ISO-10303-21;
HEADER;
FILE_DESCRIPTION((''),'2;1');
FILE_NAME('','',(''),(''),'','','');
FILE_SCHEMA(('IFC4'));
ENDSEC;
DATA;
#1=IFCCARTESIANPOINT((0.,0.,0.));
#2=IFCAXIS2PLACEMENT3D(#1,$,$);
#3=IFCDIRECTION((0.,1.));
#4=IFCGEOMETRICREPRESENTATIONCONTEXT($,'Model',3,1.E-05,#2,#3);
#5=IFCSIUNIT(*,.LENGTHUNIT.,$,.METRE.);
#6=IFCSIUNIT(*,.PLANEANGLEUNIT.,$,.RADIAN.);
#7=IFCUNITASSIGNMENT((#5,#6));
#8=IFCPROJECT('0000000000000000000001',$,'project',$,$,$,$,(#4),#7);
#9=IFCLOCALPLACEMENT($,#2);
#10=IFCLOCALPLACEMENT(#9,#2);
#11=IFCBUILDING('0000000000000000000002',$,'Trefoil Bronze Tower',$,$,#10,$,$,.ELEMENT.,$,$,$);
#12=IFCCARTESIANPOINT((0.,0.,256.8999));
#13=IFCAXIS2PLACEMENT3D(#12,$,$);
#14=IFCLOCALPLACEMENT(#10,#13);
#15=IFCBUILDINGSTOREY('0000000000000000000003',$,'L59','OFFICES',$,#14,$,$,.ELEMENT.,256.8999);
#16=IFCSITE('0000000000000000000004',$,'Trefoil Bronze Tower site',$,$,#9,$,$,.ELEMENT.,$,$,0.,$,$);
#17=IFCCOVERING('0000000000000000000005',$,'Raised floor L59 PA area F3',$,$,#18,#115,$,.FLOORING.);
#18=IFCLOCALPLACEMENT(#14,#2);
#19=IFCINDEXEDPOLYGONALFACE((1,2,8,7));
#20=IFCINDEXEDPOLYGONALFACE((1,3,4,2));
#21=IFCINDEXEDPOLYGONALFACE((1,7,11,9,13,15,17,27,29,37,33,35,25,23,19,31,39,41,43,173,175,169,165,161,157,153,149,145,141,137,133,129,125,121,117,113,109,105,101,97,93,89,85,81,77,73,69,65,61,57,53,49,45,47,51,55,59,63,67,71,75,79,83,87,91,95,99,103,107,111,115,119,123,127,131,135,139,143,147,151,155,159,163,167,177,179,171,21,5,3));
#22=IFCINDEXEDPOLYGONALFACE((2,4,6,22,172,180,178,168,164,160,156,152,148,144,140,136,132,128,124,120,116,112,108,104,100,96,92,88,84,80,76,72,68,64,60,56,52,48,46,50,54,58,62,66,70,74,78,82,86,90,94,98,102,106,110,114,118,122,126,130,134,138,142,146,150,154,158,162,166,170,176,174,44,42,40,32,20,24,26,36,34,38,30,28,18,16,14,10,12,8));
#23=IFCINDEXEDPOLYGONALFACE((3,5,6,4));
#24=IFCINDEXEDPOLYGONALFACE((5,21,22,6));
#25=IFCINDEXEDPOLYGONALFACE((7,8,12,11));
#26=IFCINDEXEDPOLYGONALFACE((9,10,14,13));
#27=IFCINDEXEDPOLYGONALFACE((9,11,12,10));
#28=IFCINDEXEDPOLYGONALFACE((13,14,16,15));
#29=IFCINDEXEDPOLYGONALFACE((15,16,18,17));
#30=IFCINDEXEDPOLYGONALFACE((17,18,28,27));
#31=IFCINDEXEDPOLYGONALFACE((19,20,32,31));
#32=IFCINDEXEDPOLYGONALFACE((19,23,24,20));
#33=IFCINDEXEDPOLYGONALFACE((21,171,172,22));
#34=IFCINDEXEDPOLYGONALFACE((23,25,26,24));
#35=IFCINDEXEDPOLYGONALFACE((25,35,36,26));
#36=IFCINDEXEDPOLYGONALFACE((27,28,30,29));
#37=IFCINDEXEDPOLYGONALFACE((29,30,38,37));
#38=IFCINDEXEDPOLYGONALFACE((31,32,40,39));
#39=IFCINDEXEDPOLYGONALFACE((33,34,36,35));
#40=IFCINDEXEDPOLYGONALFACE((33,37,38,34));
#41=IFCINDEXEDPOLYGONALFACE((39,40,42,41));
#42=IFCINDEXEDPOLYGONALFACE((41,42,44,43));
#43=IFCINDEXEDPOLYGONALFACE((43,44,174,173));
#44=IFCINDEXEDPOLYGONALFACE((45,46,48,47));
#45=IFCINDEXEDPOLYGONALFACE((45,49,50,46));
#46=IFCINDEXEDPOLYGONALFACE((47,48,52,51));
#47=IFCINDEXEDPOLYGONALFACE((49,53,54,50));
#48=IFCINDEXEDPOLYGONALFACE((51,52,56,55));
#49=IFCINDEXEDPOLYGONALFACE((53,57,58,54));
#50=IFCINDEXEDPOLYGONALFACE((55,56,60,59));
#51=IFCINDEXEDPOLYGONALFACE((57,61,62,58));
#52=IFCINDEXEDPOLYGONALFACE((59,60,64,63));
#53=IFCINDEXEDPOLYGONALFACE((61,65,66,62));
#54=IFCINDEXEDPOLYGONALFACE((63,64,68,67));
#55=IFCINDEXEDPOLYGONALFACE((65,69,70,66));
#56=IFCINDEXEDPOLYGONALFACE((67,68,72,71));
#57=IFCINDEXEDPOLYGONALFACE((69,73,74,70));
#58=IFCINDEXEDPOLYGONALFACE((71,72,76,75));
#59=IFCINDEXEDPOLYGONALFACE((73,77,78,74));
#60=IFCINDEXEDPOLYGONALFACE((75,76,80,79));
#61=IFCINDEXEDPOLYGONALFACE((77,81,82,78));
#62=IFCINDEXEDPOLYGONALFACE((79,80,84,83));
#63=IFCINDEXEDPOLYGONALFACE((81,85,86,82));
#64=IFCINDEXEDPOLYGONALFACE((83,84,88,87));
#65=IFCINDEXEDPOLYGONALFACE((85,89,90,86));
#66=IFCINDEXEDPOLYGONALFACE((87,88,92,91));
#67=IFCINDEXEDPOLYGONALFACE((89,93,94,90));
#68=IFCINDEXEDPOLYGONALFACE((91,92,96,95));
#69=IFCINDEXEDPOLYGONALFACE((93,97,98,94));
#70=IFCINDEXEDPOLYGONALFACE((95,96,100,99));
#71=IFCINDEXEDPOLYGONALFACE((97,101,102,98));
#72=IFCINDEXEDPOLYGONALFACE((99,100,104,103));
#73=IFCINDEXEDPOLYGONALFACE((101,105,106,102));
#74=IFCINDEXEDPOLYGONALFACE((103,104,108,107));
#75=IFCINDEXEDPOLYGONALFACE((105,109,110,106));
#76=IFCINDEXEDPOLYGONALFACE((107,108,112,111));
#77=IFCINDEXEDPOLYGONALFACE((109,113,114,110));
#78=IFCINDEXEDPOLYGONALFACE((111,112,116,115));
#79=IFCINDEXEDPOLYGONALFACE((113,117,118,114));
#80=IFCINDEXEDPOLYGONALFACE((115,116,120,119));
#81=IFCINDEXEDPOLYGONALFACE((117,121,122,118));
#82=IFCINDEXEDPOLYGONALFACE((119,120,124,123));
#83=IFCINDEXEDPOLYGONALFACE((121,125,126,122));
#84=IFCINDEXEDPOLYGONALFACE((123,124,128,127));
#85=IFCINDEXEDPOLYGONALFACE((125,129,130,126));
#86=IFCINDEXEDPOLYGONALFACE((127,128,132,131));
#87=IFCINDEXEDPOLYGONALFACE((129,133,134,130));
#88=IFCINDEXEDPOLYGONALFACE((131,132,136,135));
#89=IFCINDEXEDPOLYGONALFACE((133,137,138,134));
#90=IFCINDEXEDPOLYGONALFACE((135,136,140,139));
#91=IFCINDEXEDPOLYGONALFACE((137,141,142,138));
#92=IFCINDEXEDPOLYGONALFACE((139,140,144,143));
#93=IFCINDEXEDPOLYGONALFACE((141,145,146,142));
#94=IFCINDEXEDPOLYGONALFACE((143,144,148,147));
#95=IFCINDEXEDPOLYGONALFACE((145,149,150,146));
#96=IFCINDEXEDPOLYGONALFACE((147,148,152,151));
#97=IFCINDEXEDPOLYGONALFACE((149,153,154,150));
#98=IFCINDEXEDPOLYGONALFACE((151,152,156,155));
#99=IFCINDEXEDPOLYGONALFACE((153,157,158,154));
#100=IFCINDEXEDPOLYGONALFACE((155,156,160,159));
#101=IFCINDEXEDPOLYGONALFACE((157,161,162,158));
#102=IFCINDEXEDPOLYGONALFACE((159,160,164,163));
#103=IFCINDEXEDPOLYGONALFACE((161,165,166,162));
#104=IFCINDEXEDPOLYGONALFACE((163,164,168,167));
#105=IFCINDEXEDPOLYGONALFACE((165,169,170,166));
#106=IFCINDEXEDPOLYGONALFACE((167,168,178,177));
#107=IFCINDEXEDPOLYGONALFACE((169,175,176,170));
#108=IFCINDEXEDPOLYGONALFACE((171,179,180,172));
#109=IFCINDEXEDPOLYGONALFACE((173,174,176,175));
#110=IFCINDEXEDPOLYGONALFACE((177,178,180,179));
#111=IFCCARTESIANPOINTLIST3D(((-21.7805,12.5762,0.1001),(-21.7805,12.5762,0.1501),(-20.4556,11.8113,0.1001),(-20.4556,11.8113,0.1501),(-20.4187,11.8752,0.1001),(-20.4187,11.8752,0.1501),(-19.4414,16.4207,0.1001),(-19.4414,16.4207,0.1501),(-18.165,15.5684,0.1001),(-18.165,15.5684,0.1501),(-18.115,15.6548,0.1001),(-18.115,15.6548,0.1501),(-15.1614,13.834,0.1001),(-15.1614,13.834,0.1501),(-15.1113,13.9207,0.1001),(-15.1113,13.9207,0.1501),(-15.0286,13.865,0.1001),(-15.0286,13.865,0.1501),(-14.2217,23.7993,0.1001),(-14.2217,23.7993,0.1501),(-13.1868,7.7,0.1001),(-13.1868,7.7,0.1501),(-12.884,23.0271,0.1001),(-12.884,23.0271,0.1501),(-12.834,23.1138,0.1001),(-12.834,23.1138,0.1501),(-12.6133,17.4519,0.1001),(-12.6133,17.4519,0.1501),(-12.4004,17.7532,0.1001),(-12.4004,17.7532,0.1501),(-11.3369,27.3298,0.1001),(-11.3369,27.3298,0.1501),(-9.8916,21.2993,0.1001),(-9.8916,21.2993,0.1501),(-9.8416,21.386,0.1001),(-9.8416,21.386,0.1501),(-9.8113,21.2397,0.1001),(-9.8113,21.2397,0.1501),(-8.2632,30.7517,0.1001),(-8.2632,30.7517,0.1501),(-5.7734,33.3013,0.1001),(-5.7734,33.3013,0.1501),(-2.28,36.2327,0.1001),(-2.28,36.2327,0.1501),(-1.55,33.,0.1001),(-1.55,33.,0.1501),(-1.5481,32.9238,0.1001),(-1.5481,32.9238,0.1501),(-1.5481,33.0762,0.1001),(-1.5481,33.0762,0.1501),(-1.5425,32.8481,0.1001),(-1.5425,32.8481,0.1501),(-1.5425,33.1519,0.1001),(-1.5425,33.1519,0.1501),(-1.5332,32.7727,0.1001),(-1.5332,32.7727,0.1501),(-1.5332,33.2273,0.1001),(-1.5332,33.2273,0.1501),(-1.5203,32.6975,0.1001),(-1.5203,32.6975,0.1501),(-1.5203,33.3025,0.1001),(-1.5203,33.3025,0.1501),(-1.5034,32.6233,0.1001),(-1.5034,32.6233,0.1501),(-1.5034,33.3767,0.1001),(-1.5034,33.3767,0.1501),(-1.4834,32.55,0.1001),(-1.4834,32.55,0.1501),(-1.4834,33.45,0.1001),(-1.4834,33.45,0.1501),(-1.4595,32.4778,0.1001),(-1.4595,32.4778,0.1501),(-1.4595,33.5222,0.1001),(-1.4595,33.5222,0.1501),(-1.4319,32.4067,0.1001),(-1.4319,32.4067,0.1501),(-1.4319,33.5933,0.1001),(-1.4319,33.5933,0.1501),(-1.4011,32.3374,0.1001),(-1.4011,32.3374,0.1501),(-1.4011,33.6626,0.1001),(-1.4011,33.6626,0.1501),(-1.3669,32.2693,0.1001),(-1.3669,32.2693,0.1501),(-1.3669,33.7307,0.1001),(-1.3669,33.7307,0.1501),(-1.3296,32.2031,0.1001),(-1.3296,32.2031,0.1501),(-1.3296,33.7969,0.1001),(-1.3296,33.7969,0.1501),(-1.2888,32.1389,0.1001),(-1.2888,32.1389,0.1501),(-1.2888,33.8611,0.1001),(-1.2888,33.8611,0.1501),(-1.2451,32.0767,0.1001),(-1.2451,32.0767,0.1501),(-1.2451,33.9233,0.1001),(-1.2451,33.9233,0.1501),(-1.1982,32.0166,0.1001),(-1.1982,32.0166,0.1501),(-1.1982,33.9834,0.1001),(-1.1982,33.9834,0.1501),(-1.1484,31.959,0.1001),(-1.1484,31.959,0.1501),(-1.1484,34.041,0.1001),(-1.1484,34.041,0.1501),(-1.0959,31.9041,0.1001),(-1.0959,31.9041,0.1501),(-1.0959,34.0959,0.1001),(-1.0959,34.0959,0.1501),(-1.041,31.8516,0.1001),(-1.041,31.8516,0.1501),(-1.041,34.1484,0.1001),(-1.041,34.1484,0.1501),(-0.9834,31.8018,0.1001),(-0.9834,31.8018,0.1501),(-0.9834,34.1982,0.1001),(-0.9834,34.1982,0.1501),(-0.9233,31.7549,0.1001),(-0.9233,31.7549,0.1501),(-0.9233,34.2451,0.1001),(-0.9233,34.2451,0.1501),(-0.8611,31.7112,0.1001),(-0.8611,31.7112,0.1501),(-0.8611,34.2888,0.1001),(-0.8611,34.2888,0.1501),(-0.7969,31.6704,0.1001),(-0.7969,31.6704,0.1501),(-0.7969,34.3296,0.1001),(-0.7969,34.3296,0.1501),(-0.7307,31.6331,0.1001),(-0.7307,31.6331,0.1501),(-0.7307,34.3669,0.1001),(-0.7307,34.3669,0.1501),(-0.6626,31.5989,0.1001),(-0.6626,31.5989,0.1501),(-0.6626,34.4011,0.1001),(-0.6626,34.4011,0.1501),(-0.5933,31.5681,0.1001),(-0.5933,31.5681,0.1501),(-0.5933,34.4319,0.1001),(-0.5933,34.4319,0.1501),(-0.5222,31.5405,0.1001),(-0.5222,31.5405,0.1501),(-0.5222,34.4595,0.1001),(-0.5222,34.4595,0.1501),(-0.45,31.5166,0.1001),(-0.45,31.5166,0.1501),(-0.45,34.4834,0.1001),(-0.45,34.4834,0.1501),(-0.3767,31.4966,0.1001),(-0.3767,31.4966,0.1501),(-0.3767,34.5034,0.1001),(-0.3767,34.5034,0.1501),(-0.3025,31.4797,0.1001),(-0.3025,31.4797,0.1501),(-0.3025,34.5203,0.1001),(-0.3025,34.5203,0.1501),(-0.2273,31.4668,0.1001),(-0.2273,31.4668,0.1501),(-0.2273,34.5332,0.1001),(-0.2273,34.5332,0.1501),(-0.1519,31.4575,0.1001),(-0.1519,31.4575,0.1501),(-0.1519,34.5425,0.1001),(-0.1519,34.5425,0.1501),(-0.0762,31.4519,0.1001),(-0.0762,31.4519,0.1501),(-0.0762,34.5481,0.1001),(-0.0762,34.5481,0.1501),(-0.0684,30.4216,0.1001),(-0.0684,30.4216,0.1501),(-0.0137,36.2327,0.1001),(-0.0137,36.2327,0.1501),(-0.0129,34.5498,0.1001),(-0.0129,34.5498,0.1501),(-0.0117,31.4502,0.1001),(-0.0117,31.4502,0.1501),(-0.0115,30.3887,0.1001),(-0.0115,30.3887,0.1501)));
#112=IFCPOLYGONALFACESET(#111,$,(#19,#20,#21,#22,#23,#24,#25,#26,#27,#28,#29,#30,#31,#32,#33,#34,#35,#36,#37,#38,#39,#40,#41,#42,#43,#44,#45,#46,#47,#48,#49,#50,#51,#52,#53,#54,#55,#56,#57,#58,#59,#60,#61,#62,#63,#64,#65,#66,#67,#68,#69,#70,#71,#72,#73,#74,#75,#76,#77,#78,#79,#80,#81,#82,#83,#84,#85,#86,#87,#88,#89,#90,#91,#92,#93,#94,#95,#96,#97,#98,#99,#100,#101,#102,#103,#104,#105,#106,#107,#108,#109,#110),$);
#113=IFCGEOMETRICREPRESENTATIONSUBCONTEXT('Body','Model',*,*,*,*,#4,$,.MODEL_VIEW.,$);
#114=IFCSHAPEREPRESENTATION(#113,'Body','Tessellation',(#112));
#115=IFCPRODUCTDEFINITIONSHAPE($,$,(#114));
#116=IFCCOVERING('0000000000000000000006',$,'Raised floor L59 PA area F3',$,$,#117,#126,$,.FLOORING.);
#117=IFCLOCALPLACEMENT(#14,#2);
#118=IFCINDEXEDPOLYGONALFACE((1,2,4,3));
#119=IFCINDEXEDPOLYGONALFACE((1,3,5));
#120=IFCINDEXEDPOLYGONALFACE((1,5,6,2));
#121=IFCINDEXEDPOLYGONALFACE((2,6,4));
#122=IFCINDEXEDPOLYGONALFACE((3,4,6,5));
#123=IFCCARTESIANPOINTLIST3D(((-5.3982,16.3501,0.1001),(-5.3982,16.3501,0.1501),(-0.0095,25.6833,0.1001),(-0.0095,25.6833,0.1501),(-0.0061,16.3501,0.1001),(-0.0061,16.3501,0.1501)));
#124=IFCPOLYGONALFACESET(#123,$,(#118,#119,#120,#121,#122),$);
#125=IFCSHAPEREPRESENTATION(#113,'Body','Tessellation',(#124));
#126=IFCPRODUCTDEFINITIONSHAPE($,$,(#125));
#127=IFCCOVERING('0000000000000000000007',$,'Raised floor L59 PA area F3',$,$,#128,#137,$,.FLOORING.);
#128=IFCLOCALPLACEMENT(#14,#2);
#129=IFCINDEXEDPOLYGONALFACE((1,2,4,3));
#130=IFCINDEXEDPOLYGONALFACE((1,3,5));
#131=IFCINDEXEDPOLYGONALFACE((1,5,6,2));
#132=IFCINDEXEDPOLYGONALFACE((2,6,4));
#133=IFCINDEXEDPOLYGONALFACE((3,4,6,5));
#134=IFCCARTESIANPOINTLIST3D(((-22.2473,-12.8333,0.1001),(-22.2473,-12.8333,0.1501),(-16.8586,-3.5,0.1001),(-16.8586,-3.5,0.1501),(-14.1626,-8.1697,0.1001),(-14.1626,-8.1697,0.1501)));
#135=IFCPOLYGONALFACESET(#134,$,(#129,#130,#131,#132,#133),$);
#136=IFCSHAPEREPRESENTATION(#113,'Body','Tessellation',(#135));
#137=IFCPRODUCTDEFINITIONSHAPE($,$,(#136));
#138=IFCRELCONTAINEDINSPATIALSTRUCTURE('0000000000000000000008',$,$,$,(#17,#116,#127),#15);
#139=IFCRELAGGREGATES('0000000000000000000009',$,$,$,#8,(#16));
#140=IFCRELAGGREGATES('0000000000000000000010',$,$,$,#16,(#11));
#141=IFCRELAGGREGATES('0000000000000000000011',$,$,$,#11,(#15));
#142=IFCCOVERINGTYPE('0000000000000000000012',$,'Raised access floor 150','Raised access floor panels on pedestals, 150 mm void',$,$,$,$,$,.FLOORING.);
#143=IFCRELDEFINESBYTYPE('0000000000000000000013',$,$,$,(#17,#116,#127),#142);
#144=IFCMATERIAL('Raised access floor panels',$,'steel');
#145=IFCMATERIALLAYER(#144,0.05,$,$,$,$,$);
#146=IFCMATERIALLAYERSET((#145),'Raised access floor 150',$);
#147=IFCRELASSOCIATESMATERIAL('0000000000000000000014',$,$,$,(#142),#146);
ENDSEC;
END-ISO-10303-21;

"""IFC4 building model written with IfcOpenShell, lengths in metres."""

from ifc_helpers import new_model, si_unit, direction, frame, origin, place, context, subcontext, project, spatial, polyline, outline, extrude, material, layer, layer_set, type_object, element, save


model = new_model("IFC4")

# Units and contexts
model_context = context("Model", 3, precision=1e-05, world=origin(), true_north=direction((0.0, 1.0)))
body_context = subcontext(model_context, "Body", "Model", "MODEL_VIEW")
ifc_project = project(units=[si_unit("LENGTHUNIT", "METRE"), si_unit("PLANEANGLEUNIT", "RADIAN")], contexts=[model_context])

# Site, building, storey
site_placement = place(None, origin())
site = spatial("IfcSite", under=ifc_project, at=site_placement, Name="Trefoil Bronze Tower site", CompositionType="ELEMENT", RefElevation=0.0)
building_placement = place(site_placement, origin())
building = spatial("IfcBuilding", under=site, at=building_placement, Name="Trefoil Bronze Tower", CompositionType="ELEMENT")
storey_placement = place(building_placement, frame((0.0, 0.0, 256.8999)))
storey = spatial("IfcBuildingStorey", under=building, at=storey_placement, Name="L59", Description="OFFICES", CompositionType="ELEMENT", Elevation=256.8999)

# Coverings
ifc_material_1 = material(Name="Raised access floor panels", Category="steel")
ifc_layer_1 = layer(ifc_material_1, 0.05)
ifc_layer_set_1 = layer_set([ifc_layer_1], Name="Raised access floor 150")
covering_type_1 = type_object("IfcCoveringType", Name="Raised access floor 150", Description="Raised access floor panels on pedestals, 150 mm void", PredefinedType="FLOORING", material=ifc_layer_set_1)
covering_1_placement = place(storey_placement, frame((0.0, 0.0, 0.1001)))
element("IfcCovering", 1, at=covering_1_placement, inside=storey, type_object=covering_type_1, Name="Raised floor L59 PA area F3", PredefinedType="FLOORING", context=body_context, shape_type="SweptSolid", body=[
    extrude(outline(polyline([(-11.3369, 27.3298), (-8.2632, 30.7517), (-5.7734, 33.3013), (-2.28, 36.2327), (-0.0137, 36.2327), (-0.0129, 34.5498), (-0.0762, 34.5481), (-0.1519, 34.5425), (-0.2273, 34.5332), (-0.3025, 34.5203), (-0.3767, 34.5034), (-0.45, 34.4834), (-0.5222, 34.4595), (-0.5933, 34.4319), (-0.6626, 34.4011), (-0.7307, 34.3669), (-0.7969, 34.3296), (-0.8611, 34.2888), (-0.9233, 34.2451), (-0.9834, 34.1982), (-1.041, 34.1484), (-1.0959, 34.0959), (-1.1484, 34.041), (-1.1982, 33.9834), (-1.2451, 33.9233), (-1.2888, 33.8611), (-1.3296, 33.7969), (-1.3669, 33.7307), (-1.4011, 33.6626), (-1.4319, 33.5933), (-1.4595, 33.5222), (-1.4834, 33.45), (-1.5034, 33.3767), (-1.5203, 33.3025), (-1.5332, 33.2273), (-1.5425, 33.1519), (-1.5481, 33.0762), (-1.55, 33.0), (-1.5481, 32.9238), (-1.5425, 32.8481), (-1.5332, 32.7727), (-1.5203, 32.6975), (-1.5034, 32.6233), (-1.4834, 32.55), (-1.4595, 32.4778), (-1.4319, 32.4067), (-1.4011, 32.3374), (-1.3669, 32.2693), (-1.3296, 32.2031), (-1.2888, 32.1389), (-1.2451, 32.0767), (-1.1982, 32.0166), (-1.1484, 31.959), (-1.0959, 31.9041), (-1.041, 31.8516), (-0.9834, 31.8018), (-0.9233, 31.7549), (-0.8611, 31.7112), (-0.7969, 31.6704), (-0.7307, 31.6331), (-0.6626, 31.5989), (-0.5933, 31.5681), (-0.5222, 31.5405), (-0.45, 31.5166), (-0.3767, 31.4966), (-0.3025, 31.4797), (-0.2273, 31.4668), (-0.1519, 31.4575), (-0.0762, 31.4519), (-0.0117, 31.4502), (-0.0115, 30.3887), (-0.0684, 30.4216), (-13.1868, 7.7), (-20.4187, 11.8752), (-20.4556, 11.8113), (-21.7805, 12.5762), (-19.4414, 16.4207), (-18.115, 15.6548), (-18.165, 15.5684), (-15.1614, 13.834), (-15.1113, 13.9207), (-15.0286, 13.865), (-12.6133, 17.4519), (-12.4004, 17.7532), (-9.8113, 21.2397), (-9.8916, 21.2993), (-9.8416, 21.386), (-12.834, 23.1138), (-12.884, 23.0271), (-14.2217, 23.7993), (-11.3369, 27.3298)])), origin(), (0.0, 0.0, 1.0), 0.05),
])
covering_2_placement = place(storey_placement, frame((0.0, 0.0, 0.1001)))
element("IfcCovering", 2, at=covering_2_placement, inside=storey, type_object=covering_type_1, Name="Raised floor L59 PA area F3", PredefinedType="FLOORING", context=body_context, shape_type="SweptSolid", body=[
    extrude(outline(polyline([(-0.0061, 16.3501), (-5.3982, 16.3501), (-0.0095, 25.6833), (-0.0061, 16.3501)])), origin(), (0.0, 0.0, 1.0), 0.05),
])
covering_3_placement = place(storey_placement, frame((0.0, 0.0, 0.1001)))
element("IfcCovering", 3, at=covering_3_placement, inside=storey, type_object=covering_type_1, Name="Raised floor L59 PA area F3", PredefinedType="FLOORING", context=body_context, shape_type="SweptSolid", body=[
    extrude(outline(polyline([(-14.1626, -8.1697), (-22.2473, -12.8333), (-16.8586, -3.5), (-14.1626, -8.1697)])), origin(), (0.0, 0.0, 1.0), 0.05),
])

save(model, "model.ifc")
